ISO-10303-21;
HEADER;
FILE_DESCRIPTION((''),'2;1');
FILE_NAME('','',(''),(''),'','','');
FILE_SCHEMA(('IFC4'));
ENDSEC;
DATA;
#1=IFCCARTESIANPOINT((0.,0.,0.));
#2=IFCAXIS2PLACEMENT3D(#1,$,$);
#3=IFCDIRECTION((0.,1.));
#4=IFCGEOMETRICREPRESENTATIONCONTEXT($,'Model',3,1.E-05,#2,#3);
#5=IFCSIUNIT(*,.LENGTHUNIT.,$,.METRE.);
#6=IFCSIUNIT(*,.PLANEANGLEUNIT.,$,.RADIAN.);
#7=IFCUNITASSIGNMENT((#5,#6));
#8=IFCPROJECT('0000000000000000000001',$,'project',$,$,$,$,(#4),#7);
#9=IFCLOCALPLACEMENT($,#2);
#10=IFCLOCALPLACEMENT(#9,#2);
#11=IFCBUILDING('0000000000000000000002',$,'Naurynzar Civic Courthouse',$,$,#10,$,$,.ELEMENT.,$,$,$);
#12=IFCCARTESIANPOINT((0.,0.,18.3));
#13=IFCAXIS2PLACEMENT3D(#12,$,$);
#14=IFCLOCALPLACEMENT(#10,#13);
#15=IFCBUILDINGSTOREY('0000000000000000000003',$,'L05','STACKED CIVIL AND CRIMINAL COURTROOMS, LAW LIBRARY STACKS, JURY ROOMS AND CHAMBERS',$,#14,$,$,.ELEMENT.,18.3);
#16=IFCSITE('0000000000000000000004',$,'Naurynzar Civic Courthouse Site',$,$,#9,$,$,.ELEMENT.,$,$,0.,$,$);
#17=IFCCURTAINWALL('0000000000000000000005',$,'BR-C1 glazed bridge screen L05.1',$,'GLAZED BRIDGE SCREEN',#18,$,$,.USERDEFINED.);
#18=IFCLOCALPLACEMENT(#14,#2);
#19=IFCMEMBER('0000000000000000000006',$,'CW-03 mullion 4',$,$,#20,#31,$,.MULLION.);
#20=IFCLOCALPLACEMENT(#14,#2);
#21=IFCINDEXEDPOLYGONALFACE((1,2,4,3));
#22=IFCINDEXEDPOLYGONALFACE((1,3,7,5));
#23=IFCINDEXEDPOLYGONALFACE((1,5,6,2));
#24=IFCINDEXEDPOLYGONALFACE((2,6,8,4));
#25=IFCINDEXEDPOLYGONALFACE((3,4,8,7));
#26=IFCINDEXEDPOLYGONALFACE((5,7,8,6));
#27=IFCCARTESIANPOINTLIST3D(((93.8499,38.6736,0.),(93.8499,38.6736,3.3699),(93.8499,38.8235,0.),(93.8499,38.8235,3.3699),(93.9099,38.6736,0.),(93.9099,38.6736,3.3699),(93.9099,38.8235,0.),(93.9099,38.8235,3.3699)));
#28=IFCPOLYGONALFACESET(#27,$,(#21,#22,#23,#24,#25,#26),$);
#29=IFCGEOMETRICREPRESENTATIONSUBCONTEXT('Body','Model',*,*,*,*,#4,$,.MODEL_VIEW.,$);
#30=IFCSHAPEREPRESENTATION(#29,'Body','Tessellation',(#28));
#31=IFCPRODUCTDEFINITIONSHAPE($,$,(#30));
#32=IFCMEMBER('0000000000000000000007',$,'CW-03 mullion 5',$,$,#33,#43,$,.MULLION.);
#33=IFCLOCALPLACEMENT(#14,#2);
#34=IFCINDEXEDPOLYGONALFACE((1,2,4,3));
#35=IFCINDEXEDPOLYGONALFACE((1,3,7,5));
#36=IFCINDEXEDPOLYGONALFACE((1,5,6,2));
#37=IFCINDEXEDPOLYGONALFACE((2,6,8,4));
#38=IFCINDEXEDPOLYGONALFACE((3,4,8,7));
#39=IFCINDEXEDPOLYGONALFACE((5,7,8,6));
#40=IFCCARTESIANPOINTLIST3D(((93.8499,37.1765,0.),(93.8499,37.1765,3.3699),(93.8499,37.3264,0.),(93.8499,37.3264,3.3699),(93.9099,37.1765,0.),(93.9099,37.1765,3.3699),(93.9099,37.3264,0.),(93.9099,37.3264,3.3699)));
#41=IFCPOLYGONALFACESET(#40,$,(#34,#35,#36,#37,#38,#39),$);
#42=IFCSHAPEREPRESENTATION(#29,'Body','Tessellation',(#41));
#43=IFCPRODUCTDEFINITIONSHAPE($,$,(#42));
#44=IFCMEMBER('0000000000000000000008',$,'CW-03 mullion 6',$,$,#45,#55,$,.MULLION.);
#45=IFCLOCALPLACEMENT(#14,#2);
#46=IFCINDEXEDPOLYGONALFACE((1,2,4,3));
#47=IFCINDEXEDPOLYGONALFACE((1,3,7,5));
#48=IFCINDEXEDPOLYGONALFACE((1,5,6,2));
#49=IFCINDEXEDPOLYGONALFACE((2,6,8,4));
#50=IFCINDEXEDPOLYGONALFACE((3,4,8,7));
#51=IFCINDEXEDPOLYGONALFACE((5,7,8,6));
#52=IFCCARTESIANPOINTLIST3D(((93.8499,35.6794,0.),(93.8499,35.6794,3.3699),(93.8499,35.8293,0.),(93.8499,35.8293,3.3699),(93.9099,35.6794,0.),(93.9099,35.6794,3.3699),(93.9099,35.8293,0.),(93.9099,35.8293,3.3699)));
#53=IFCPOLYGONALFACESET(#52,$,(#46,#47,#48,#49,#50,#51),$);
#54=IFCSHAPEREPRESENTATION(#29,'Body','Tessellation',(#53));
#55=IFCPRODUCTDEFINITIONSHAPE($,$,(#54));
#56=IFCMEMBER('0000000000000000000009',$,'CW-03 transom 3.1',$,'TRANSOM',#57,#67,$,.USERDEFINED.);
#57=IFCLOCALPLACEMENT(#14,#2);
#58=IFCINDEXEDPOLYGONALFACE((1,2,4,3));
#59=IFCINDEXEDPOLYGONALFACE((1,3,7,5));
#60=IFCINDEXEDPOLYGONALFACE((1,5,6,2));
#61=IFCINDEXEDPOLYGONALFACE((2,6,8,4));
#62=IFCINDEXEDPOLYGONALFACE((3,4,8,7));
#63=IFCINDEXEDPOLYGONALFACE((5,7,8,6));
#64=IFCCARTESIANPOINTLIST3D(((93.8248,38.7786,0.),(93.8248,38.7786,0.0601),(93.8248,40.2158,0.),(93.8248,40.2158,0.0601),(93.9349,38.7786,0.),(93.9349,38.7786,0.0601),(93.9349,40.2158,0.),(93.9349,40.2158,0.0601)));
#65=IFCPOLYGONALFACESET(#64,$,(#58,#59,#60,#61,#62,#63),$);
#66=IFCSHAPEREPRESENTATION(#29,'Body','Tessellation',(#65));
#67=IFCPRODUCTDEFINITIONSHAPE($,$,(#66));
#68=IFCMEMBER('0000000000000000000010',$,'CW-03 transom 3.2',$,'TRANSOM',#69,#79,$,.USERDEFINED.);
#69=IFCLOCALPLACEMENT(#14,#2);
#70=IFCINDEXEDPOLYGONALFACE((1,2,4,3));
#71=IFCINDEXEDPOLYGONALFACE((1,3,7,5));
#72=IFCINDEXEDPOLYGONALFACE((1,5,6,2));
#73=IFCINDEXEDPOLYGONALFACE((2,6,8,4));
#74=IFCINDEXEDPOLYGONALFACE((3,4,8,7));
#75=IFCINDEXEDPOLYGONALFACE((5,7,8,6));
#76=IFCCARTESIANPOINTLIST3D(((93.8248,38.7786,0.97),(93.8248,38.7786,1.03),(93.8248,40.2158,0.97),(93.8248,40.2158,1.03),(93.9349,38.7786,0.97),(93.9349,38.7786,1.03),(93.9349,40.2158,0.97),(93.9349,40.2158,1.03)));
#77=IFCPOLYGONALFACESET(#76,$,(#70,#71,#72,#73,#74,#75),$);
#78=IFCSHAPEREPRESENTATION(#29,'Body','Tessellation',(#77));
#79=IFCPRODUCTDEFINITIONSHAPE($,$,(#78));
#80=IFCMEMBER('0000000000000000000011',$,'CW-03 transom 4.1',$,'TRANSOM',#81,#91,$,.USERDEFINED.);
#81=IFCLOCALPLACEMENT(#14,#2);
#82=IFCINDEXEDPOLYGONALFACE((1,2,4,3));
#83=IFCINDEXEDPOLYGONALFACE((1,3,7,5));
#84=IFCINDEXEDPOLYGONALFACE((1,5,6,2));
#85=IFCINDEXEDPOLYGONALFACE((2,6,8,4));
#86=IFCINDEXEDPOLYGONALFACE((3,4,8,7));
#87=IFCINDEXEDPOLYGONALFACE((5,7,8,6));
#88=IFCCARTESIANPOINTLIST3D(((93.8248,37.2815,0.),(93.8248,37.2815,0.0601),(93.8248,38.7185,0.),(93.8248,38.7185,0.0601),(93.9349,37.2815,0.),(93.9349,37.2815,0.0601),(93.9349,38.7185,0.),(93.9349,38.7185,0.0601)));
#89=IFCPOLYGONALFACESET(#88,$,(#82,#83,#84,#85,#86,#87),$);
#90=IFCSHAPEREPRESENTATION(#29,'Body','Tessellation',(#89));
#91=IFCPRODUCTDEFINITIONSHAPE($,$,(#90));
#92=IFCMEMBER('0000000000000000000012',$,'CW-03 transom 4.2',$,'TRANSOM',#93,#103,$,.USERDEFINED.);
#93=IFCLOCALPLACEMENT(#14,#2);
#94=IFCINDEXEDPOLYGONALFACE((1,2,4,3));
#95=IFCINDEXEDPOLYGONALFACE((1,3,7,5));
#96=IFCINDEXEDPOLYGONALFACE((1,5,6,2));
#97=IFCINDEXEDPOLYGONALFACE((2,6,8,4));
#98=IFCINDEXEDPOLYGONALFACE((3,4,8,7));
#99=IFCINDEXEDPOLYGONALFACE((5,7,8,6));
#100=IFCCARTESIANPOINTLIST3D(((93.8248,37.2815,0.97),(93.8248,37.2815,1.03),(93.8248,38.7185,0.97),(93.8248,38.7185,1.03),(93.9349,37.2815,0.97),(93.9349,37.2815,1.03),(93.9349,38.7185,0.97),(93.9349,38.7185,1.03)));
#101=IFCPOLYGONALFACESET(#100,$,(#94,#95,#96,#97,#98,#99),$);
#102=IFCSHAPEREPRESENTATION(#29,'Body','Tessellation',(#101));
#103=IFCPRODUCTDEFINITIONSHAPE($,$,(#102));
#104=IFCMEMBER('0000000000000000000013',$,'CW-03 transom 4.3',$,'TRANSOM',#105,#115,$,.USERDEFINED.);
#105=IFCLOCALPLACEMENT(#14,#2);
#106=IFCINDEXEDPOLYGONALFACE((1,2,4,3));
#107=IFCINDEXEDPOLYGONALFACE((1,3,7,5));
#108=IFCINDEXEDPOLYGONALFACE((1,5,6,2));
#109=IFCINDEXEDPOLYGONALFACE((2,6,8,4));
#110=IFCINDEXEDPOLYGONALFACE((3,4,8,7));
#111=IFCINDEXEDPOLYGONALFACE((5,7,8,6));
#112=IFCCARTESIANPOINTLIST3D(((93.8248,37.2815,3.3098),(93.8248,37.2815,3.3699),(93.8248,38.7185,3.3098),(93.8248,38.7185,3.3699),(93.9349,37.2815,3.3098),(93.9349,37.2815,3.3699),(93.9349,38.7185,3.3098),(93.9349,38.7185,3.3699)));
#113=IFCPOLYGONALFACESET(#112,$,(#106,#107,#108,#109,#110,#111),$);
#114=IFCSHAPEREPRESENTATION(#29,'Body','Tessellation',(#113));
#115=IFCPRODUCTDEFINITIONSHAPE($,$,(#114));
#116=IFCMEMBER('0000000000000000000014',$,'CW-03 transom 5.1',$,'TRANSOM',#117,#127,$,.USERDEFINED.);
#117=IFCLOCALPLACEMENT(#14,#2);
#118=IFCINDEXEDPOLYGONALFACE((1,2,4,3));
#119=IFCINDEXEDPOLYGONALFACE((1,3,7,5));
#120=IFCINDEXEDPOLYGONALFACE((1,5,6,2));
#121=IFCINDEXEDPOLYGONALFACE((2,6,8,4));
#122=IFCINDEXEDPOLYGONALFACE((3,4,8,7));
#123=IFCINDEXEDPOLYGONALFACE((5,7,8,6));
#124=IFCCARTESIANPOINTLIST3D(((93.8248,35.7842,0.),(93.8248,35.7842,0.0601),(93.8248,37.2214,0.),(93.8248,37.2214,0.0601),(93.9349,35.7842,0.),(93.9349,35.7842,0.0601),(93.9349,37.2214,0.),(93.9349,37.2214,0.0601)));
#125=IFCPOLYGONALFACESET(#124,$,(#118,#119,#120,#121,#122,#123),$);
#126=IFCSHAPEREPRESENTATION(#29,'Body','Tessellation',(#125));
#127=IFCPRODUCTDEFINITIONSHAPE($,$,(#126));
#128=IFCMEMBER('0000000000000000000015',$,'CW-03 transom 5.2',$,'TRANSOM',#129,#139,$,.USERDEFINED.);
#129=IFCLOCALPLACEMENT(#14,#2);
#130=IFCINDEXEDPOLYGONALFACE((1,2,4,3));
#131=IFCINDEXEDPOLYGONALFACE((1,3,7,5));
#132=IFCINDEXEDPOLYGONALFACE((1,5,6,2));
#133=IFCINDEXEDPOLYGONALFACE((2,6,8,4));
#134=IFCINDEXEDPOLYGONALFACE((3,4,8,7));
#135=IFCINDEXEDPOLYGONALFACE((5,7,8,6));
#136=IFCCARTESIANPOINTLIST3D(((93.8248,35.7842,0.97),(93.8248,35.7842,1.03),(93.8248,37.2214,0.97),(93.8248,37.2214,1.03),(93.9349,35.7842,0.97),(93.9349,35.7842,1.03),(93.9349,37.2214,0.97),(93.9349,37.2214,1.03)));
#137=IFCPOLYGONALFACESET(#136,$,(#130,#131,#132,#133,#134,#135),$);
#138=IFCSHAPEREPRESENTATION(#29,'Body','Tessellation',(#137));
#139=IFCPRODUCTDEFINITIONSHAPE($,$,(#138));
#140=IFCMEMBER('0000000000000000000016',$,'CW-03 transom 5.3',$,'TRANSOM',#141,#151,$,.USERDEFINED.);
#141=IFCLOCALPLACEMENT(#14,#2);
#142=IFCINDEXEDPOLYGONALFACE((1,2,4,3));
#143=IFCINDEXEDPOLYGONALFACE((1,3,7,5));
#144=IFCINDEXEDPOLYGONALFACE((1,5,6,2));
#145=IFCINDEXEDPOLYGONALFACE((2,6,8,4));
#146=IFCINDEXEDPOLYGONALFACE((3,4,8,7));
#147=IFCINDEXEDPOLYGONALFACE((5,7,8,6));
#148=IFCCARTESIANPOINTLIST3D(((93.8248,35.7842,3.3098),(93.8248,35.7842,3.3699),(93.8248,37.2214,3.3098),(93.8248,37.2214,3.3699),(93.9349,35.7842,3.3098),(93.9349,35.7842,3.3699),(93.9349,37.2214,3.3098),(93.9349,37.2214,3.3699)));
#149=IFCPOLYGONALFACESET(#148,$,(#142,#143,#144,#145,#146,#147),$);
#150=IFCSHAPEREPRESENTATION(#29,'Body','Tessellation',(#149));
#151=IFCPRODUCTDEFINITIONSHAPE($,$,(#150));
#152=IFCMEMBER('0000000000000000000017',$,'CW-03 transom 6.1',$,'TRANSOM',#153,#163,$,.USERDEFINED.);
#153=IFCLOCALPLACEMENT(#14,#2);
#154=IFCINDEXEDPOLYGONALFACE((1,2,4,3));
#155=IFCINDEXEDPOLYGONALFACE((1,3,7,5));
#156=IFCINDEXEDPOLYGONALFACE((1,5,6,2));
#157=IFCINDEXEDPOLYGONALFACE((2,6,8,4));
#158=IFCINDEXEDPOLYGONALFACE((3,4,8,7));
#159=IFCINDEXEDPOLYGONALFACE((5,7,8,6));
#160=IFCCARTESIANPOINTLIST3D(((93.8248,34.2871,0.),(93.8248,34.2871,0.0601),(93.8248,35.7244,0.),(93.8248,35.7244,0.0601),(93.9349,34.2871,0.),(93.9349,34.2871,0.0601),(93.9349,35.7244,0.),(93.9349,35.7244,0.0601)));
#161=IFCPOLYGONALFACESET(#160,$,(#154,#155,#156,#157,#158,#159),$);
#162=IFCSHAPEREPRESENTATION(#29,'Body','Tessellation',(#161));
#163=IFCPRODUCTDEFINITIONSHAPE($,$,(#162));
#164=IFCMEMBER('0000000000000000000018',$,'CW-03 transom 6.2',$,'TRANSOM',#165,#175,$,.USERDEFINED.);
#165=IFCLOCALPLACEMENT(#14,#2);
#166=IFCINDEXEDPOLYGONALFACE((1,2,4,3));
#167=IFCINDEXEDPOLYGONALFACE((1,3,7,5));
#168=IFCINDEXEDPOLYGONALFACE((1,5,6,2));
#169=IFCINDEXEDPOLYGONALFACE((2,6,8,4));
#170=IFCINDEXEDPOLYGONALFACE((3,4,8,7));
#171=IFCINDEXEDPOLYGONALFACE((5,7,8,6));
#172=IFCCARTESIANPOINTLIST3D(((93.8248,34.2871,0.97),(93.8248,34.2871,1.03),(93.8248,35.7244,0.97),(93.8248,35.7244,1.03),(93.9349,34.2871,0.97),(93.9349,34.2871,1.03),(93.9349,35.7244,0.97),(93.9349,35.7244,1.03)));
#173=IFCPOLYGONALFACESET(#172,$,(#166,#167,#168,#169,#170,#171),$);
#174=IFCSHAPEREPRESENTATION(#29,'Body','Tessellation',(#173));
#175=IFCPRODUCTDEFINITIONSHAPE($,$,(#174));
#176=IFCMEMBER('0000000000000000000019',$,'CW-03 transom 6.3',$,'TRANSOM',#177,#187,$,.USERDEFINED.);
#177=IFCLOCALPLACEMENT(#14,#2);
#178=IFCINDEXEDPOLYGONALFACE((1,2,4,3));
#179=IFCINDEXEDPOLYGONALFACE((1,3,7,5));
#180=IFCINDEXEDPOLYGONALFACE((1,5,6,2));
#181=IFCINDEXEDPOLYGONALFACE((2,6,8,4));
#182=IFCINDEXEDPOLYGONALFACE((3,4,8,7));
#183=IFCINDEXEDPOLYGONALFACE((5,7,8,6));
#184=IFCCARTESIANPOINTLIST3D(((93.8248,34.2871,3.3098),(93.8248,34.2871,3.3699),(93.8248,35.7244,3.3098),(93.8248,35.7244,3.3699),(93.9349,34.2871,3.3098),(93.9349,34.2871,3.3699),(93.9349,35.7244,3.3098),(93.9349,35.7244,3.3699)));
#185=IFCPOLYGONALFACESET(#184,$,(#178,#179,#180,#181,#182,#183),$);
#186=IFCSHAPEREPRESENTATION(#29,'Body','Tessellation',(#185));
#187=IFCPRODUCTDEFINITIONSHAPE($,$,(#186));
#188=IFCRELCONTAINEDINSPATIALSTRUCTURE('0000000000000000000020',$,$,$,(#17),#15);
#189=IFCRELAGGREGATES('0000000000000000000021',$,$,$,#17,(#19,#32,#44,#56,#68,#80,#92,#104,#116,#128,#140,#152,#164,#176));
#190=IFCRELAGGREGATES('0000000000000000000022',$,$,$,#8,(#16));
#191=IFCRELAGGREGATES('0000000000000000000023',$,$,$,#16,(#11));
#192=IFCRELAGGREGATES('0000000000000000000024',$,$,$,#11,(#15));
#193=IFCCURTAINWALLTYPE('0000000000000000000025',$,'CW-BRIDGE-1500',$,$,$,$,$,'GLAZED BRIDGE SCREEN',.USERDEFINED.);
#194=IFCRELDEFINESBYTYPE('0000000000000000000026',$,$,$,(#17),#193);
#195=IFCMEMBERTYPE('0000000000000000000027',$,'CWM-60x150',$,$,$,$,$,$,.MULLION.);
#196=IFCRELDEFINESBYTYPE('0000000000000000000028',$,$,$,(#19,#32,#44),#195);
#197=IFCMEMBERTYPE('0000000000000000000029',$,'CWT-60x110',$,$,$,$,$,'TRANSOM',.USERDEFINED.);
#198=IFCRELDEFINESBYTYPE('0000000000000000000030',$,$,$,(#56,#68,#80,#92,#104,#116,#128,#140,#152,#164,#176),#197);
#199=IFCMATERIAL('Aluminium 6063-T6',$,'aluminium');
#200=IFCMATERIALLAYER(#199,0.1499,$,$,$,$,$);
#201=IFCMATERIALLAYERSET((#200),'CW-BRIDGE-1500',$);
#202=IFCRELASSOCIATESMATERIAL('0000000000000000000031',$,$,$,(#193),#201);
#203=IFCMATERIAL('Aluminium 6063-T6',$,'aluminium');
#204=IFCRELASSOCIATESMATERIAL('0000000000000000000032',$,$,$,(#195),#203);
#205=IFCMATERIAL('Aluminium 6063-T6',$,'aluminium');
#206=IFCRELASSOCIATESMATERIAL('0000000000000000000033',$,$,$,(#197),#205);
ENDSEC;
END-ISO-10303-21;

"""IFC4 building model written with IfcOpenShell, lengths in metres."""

from ifc_helpers import new_model, si_unit, direction, frame, origin, origin_2d, place, context, subcontext, project, spatial, rectangle, extrude, material, layer, layer_set, material_profile, profile_set, type_object, element, aggregate, save


model = new_model("IFC4")

# Units and contexts
model_context = context("Model", 3, precision=1e-05, world=origin(), true_north=direction((0.0, 1.0)))
body_context = subcontext(model_context, "Body", "Model", "MODEL_VIEW")
ifc_project = project(units=[si_unit("LENGTHUNIT", "METRE"), si_unit("PLANEANGLEUNIT", "RADIAN")], contexts=[model_context])

# Site, building, storey
site_placement = place(None, origin())
site = spatial("IfcSite", under=ifc_project, at=site_placement, Name="Naurynzar Civic Courthouse Site", CompositionType="ELEMENT", RefElevation=0.0)
building_placement = place(site_placement, origin())
building = spatial("IfcBuilding", under=site, at=building_placement, Name="Naurynzar Civic Courthouse", CompositionType="ELEMENT")
storey_placement = place(building_placement, frame((0.0, 0.0, 18.3)))
storey = spatial("IfcBuildingStorey", under=building, at=storey_placement, Name="L05", Description="STACKED CIVIL AND CRIMINAL COURTROOMS, LAW LIBRARY STACKS, JURY ROOMS AND CHAMBERS", CompositionType="ELEMENT", Elevation=18.3)

# Curtain wall, members
ifc_material_1 = material(Name="Aluminium 6063-T6", Category="aluminium")
ifc_layer_1 = layer(ifc_material_1, 0.1499)
ifc_layer_set_1 = layer_set([ifc_layer_1], Name="CW-BRIDGE-1500")
curtain_wall_type = type_object("IfcCurtainWallType", Name="CW-BRIDGE-1500", ElementType="GLAZED BRIDGE SCREEN", PredefinedType="USERDEFINED", material=ifc_layer_set_1)
curtain_wall_placement = place(storey_placement, origin())
curtain_wall = element("IfcCurtainWall", 1, at=curtain_wall_placement, inside=storey, type_object=curtain_wall_type, Name="BR-C1 glazed bridge screen L05.1", ObjectType="GLAZED BRIDGE SCREEN", PredefinedType="USERDEFINED")
ifc_material_2 = material(Name="Aluminium 6063-T6", Category="aluminium")
ifc_material_profile_1 = material_profile(ifc_material_2, rectangle(XDim=0.0601, YDim=0.1499, at=origin_2d()), Name="ALU MULLION 60x150")
ifc_profile_set_1 = profile_set([ifc_material_profile_1], Name="Aluminium 6063-T6")
member_type_1 = type_object("IfcMemberType", Name="CWM-60x150", PredefinedType="MULLION", material=ifc_profile_set_1)
member_1_placement = place(storey_placement, frame((93.8799, 38.7485, 0.0), z_axis=(0.0, 0.0, 1.0), x_axis=(1.0, 0.0, 0.0)))
member_1 = element("IfcMember", 2, at=member_1_placement, type_object=member_type_1, Name="CW-03 mullion 4", PredefinedType="MULLION", context=body_context, shape_type="SweptSolid", body=[
    extrude(rectangle(XDim=0.0601, YDim=0.1499, at=origin_2d()), origin(), (0.0, 0.0, 1.0), 3.3699),
])
member_2_placement = place(storey_placement, frame((93.8799, 37.2515, 0.0), z_axis=(0.0, 0.0, 1.0), x_axis=(1.0, 0.0, 0.0)))
member_2 = element("IfcMember", 3, at=member_2_placement, type_object=member_type_1, Name="CW-03 mullion 5", PredefinedType="MULLION", context=body_context, shape_type="SweptSolid", body=[
    extrude(rectangle(XDim=0.0601, YDim=0.1499, at=origin_2d()), origin(), (0.0, 0.0, 1.0), 3.3699),
])
member_3_placement = place(storey_placement, frame((93.8799, 35.7544, 0.0), z_axis=(0.0, 0.0, 1.0), x_axis=(1.0, 0.0, 0.0)))
member_3 = element("IfcMember", 4, at=member_3_placement, type_object=member_type_1, Name="CW-03 mullion 6", PredefinedType="MULLION", context=body_context, shape_type="SweptSolid", body=[
    extrude(rectangle(XDim=0.0601, YDim=0.1499, at=origin_2d()), origin(), (0.0, 0.0, 1.0), 3.3699),
])
ifc_material_3 = material(Name="Aluminium 6063-T6", Category="aluminium")
ifc_material_profile_2 = material_profile(ifc_material_3, rectangle(XDim=0.1101, YDim=0.0601, at=origin_2d()), Name="ALU TRANSOM 60x110")
ifc_profile_set_2 = profile_set([ifc_material_profile_2], Name="Aluminium 6063-T6")
member_type_2 = type_object("IfcMemberType", Name="CWT-60x110", ElementType="TRANSOM", PredefinedType="USERDEFINED", material=ifc_profile_set_2)
member_4_placement = place(storey_placement, frame((93.8799, 40.2158, 0.03), z_axis=(0.0, -1.0, 0.0), x_axis=(1.0, 0.0, 0.0)))
member_4 = element("IfcMember", 5, at=member_4_placement, type_object=member_type_2, Name="CW-03 transom 3.1", ObjectType="TRANSOM", PredefinedType="USERDEFINED", context=body_context, shape_type="SweptSolid", body=[
    extrude(rectangle(XDim=0.1101, YDim=0.0601, at=origin_2d()), origin(), (0.0, 0.0, 1.0), 1.4373),
])
member_5_placement = place(storey_placement, frame((93.8799, 40.2158, 1.0), z_axis=(0.0, -1.0, 0.0), x_axis=(1.0, 0.0, 0.0)))
member_5 = element("IfcMember", 6, at=member_5_placement, type_object=member_type_2, Name="CW-03 transom 3.2", ObjectType="TRANSOM", PredefinedType="USERDEFINED", context=body_context, shape_type="SweptSolid", body=[
    extrude(rectangle(XDim=0.1101, YDim=0.0601, at=origin_2d()), origin(), (0.0, 0.0, 1.0), 1.4373),
])
member_6_placement = place(storey_placement, frame((93.8799, 38.7185, 0.03), z_axis=(0.0, -1.0, 0.0), x_axis=(1.0, 0.0, 0.0)))
member_6 = element("IfcMember", 7, at=member_6_placement, type_object=member_type_2, Name="CW-03 transom 4.1", ObjectType="TRANSOM", PredefinedType="USERDEFINED", context=body_context, shape_type="SweptSolid", body=[
    extrude(rectangle(XDim=0.1101, YDim=0.0601, at=origin_2d()), origin(), (0.0, 0.0, 1.0), 1.437),
])
member_7_placement = place(storey_placement, frame((93.8799, 38.7185, 1.0), z_axis=(0.0, -1.0, 0.0), x_axis=(1.0, 0.0, 0.0)))
member_7 = element("IfcMember", 8, at=member_7_placement, type_object=member_type_2, Name="CW-03 transom 4.2", ObjectType="TRANSOM", PredefinedType="USERDEFINED", context=body_context, shape_type="SweptSolid", body=[
    extrude(rectangle(XDim=0.1101, YDim=0.0601, at=origin_2d()), origin(), (0.0, 0.0, 1.0), 1.437),
])
member_8_placement = place(storey_placement, frame((93.8799, 38.7185, 3.3398), z_axis=(0.0, -1.0, 0.0), x_axis=(1.0, 0.0, 0.0)))
member_8 = element("IfcMember", 9, at=member_8_placement, type_object=member_type_2, Name="CW-03 transom 4.3", ObjectType="TRANSOM", PredefinedType="USERDEFINED", context=body_context, shape_type="SweptSolid", body=[
    extrude(rectangle(XDim=0.1101, YDim=0.0601, at=origin_2d()), origin(), (0.0, 0.0, 1.0), 1.437),
])
member_9_placement = place(storey_placement, frame((93.8799, 37.2214, 0.03), z_axis=(0.0, -1.0, 0.0), x_axis=(1.0, 0.0, 0.0)))
member_9 = element("IfcMember", 10, at=member_9_placement, type_object=member_type_2, Name="CW-03 transom 5.1", ObjectType="TRANSOM", PredefinedType="USERDEFINED", context=body_context, shape_type="SweptSolid", body=[
    extrude(rectangle(XDim=0.1101, YDim=0.0601, at=origin_2d()), origin(), (0.0, 0.0, 1.0), 1.4373),
])
member_10_placement = place(storey_placement, frame((93.8799, 37.2214, 1.0), z_axis=(0.0, -1.0, 0.0), x_axis=(1.0, 0.0, 0.0)))
member_10 = element("IfcMember", 11, at=member_10_placement, type_object=member_type_2, Name="CW-03 transom 5.2", ObjectType="TRANSOM", PredefinedType="USERDEFINED", context=body_context, shape_type="SweptSolid", body=[
    extrude(rectangle(XDim=0.1101, YDim=0.0601, at=origin_2d()), origin(), (0.0, 0.0, 1.0), 1.4373),
])
member_11_placement = place(storey_placement, frame((93.8799, 37.2214, 3.3398), z_axis=(0.0, -1.0, 0.0), x_axis=(1.0, 0.0, 0.0)))
member_11 = element("IfcMember", 12, at=member_11_placement, type_object=member_type_2, Name="CW-03 transom 5.3", ObjectType="TRANSOM", PredefinedType="USERDEFINED", context=body_context, shape_type="SweptSolid", body=[
    extrude(rectangle(XDim=0.1101, YDim=0.0601, at=origin_2d()), origin(), (0.0, 0.0, 1.0), 1.4373),
])
member_12_placement = place(storey_placement, frame((93.8799, 35.7244, 0.03), z_axis=(0.0, -1.0, 0.0), x_axis=(1.0, 0.0, 0.0)))
member_12 = element("IfcMember", 13, at=member_12_placement, type_object=member_type_2, Name="CW-03 transom 6.1", ObjectType="TRANSOM", PredefinedType="USERDEFINED", context=body_context, shape_type="SweptSolid", body=[
    extrude(rectangle(XDim=0.1101, YDim=0.0601, at=origin_2d()), origin(), (0.0, 0.0, 1.0), 1.4373),
])
member_13_placement = place(storey_placement, frame((93.8799, 35.7244, 1.0), z_axis=(0.0, -1.0, 0.0), x_axis=(1.0, 0.0, 0.0)))
member_13 = element("IfcMember", 14, at=member_13_placement, type_object=member_type_2, Name="CW-03 transom 6.2", ObjectType="TRANSOM", PredefinedType="USERDEFINED", context=body_context, shape_type="SweptSolid", body=[
    extrude(rectangle(XDim=0.1101, YDim=0.0601, at=origin_2d()), origin(), (0.0, 0.0, 1.0), 1.4373),
])
member_14_placement = place(storey_placement, frame((93.8799, 35.7244, 3.3398), z_axis=(0.0, -1.0, 0.0), x_axis=(1.0, 0.0, 0.0)))
member_14 = element("IfcMember", 15, at=member_14_placement, type_object=member_type_2, Name="CW-03 transom 6.3", ObjectType="TRANSOM", PredefinedType="USERDEFINED", context=body_context, shape_type="SweptSolid", body=[
    extrude(rectangle(XDim=0.1101, YDim=0.0601, at=origin_2d()), origin(), (0.0, 0.0, 1.0), 1.4373),
])
aggregate(curtain_wall, [member_1, member_2, member_3, member_4, member_5, member_6, member_7, member_8, member_9, member_10, member_11, member_12, member_13, member_14])

save(model, "model.ifc")
